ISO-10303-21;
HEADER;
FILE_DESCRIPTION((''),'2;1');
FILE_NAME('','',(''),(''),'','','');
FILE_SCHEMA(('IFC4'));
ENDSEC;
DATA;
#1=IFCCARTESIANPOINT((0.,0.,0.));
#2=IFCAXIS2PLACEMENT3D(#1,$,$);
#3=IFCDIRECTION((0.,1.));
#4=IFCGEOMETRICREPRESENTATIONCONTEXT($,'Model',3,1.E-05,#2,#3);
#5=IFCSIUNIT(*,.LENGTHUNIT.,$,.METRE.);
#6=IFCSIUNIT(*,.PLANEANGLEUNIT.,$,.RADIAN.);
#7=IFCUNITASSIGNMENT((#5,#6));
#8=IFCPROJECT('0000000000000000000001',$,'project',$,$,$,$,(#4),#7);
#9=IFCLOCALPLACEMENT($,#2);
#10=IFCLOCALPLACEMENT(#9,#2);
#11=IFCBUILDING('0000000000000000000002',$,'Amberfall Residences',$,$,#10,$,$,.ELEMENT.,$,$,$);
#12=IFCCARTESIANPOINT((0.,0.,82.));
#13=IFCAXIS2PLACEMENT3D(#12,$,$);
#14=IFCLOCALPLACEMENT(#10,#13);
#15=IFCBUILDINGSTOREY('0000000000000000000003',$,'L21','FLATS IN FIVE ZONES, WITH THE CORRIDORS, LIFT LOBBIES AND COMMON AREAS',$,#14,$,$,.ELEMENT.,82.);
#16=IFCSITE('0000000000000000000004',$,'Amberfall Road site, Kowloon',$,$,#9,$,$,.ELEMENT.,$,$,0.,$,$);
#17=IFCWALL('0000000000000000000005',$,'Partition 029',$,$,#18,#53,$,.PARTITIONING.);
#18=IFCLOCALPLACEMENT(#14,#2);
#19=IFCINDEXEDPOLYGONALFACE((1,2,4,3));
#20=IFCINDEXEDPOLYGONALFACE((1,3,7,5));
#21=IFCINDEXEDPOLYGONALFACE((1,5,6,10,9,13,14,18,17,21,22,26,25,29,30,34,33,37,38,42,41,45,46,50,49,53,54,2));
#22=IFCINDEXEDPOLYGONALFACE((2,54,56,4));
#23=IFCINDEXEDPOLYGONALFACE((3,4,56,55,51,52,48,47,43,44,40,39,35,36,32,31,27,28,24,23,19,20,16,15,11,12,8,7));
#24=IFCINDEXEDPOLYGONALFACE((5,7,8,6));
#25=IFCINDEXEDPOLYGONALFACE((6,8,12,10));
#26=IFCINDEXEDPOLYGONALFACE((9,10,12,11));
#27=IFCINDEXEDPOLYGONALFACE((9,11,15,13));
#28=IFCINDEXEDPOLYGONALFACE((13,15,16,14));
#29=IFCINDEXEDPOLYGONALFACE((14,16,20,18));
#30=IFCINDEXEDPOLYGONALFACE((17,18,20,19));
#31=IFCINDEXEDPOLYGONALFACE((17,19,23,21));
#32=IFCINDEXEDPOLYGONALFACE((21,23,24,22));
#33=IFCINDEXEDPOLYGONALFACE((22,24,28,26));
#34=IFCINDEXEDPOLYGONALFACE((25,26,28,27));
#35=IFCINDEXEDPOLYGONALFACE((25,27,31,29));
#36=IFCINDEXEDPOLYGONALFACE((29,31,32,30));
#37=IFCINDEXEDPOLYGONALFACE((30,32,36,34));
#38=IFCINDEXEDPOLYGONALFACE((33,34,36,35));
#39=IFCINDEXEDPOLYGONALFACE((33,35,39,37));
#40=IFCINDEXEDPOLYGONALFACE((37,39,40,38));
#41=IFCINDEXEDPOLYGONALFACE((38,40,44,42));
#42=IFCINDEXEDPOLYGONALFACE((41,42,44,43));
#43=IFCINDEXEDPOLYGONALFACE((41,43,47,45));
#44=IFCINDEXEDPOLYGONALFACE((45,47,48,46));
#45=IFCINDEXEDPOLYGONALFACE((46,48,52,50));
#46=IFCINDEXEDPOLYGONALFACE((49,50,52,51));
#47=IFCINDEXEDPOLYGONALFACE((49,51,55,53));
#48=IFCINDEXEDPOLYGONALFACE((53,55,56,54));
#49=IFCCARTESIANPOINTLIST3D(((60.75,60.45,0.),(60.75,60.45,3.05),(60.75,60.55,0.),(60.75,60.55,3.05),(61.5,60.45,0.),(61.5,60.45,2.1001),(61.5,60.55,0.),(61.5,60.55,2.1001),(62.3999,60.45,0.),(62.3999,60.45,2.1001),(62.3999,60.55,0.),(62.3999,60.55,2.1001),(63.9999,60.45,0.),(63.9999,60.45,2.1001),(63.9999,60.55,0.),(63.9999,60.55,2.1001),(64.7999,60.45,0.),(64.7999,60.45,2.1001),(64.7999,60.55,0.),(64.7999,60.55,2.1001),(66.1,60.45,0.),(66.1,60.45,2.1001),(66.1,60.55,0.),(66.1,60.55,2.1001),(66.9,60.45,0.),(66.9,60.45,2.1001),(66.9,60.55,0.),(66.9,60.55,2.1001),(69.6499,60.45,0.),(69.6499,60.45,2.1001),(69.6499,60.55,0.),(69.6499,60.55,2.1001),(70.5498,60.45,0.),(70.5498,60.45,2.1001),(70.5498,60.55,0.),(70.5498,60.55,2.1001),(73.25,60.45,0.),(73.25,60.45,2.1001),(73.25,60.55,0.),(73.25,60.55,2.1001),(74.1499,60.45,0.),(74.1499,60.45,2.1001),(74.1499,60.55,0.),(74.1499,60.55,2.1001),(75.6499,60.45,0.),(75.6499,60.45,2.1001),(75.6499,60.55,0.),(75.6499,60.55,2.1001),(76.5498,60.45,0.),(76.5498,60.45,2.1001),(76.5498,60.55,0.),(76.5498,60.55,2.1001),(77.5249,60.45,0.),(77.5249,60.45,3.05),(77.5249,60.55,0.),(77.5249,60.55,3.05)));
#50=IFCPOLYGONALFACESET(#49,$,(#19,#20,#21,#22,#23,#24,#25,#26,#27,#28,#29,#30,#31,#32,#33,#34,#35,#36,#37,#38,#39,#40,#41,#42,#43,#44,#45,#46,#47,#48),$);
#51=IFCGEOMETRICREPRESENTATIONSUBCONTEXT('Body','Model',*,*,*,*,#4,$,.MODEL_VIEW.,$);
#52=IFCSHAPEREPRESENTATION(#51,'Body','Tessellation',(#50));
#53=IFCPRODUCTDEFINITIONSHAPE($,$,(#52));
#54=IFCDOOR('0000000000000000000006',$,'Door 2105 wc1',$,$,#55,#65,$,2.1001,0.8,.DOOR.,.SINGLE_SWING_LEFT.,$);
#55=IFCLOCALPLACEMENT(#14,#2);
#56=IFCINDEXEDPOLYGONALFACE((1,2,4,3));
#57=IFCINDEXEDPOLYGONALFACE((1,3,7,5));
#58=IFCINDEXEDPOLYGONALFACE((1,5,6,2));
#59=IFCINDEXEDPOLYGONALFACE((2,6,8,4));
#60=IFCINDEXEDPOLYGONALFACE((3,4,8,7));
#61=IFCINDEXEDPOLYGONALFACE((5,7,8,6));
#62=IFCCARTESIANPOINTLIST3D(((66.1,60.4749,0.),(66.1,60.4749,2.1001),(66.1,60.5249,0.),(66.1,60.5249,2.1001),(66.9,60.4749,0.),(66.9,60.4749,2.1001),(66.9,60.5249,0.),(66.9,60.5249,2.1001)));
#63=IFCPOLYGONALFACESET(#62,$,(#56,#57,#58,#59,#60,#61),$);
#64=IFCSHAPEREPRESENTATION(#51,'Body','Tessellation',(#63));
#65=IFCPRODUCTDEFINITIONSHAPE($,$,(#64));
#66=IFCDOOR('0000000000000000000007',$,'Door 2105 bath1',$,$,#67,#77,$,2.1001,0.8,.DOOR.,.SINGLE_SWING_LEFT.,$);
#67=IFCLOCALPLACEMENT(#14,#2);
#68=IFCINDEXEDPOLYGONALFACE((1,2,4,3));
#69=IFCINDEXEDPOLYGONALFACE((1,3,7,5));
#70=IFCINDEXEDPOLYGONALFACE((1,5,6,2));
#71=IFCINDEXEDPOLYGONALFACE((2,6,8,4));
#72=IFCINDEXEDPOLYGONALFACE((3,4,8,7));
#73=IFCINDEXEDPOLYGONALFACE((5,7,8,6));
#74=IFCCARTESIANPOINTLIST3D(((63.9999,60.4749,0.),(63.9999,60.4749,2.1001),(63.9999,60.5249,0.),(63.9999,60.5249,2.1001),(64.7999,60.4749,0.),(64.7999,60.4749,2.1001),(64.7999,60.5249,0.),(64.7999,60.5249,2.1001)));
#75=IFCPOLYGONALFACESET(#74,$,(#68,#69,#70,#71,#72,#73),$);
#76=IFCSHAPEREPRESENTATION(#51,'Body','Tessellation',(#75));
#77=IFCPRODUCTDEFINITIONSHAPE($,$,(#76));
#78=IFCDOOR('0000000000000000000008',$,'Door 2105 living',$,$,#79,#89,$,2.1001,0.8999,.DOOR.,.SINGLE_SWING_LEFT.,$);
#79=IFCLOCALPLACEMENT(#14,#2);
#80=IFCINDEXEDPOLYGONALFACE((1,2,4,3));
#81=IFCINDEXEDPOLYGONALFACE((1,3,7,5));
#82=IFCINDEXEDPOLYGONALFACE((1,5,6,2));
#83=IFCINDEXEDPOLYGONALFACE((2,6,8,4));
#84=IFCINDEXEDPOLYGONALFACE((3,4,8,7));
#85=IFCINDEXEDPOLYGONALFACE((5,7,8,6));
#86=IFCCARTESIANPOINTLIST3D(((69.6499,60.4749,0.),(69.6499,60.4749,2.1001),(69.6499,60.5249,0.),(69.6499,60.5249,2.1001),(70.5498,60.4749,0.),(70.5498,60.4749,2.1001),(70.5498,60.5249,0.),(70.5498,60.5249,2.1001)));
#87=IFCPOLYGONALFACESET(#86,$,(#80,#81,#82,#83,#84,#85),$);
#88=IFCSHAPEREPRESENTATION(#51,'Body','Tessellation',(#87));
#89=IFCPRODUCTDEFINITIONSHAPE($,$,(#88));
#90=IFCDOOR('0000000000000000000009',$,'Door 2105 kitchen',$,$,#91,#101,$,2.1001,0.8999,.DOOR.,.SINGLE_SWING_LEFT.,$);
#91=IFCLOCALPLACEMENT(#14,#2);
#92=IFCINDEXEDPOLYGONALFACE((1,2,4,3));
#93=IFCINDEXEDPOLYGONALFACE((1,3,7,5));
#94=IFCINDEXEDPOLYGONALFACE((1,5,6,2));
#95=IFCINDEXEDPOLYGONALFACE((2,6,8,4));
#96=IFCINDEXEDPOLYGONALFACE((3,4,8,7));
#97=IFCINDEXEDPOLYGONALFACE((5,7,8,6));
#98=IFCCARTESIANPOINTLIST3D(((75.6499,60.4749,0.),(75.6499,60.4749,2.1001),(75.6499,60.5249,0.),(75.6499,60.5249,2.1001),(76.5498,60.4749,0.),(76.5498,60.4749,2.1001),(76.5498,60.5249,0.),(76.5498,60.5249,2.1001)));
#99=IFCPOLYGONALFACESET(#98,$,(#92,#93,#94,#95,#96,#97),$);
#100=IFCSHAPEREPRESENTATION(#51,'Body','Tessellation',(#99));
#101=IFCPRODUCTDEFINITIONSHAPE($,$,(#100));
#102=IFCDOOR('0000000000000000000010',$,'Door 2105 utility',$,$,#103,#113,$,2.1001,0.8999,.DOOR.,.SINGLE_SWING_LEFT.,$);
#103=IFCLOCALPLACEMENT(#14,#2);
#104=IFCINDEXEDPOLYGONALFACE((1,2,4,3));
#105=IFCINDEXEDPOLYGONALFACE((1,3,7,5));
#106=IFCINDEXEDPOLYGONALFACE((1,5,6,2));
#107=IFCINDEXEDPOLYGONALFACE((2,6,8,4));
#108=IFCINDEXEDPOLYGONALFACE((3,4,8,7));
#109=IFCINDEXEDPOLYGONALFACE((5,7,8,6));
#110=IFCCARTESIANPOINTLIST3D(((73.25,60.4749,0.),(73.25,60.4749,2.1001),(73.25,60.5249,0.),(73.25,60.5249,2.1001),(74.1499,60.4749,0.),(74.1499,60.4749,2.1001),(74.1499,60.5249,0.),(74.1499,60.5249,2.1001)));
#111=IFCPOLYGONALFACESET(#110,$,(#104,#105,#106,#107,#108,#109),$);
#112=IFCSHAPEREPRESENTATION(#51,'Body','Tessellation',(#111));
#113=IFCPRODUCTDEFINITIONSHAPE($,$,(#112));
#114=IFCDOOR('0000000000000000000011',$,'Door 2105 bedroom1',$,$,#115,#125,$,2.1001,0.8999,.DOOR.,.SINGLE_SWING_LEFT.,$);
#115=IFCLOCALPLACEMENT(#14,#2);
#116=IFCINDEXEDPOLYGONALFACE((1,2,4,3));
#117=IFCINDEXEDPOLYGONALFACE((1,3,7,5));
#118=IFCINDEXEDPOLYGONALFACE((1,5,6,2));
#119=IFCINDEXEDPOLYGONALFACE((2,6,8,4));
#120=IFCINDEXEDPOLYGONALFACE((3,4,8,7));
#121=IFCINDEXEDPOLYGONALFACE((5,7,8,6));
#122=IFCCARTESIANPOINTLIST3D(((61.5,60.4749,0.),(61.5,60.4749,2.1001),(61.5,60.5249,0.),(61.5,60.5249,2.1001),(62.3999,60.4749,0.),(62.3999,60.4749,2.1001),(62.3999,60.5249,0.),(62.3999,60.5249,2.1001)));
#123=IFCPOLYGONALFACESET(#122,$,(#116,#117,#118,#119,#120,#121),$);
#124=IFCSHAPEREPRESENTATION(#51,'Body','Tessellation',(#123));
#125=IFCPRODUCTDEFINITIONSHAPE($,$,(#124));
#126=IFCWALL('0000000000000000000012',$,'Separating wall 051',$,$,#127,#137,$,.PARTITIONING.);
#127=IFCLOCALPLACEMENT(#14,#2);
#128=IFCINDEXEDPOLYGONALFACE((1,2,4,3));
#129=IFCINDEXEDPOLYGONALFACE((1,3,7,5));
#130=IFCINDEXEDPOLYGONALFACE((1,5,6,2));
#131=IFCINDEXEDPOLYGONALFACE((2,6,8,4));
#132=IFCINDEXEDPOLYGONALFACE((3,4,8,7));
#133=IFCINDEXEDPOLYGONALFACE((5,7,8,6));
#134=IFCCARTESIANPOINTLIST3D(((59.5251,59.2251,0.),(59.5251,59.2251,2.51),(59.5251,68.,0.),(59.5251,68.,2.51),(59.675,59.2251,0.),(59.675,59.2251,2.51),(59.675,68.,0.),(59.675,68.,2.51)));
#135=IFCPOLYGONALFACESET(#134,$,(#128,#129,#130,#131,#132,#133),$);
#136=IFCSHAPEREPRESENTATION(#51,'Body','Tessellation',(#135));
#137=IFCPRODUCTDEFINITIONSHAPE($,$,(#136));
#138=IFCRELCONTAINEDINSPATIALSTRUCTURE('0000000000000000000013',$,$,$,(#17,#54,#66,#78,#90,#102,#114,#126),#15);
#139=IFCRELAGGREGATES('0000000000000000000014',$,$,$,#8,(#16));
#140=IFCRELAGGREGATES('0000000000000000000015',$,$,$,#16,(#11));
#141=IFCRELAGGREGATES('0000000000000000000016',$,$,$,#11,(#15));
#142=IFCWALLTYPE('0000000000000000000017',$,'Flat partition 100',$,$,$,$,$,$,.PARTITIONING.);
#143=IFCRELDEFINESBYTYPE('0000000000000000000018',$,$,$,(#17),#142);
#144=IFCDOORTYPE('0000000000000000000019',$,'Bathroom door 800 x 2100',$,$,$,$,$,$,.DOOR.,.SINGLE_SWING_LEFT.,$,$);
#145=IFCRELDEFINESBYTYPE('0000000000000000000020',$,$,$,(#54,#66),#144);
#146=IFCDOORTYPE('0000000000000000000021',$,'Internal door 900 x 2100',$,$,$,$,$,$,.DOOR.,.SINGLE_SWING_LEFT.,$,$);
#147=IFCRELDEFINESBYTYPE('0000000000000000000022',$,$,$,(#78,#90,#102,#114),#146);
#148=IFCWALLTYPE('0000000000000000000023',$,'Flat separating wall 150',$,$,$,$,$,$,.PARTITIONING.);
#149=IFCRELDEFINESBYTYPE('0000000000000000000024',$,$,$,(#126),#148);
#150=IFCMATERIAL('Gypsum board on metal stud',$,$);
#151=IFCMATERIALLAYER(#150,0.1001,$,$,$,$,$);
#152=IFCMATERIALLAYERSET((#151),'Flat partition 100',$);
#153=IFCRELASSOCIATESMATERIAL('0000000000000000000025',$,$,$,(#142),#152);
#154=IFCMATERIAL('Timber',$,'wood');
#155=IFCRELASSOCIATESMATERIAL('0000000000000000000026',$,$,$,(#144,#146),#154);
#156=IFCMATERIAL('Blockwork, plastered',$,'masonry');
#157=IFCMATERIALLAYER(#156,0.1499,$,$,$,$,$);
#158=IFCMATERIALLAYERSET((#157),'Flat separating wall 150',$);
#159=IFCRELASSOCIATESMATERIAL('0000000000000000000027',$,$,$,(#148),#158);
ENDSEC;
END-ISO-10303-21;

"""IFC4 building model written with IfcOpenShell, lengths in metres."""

from ifc_helpers import new_model, si_unit, direction, frame, frame_2d, origin, place, context, subcontext, project, spatial, rectangle, extrude, material, layer, layer_set, type_object, element, fill, save


model = new_model("IFC4")

# Units and contexts
model_context = context("Model", 3, precision=1e-05, world=origin(), true_north=direction((0.0, 1.0)))
body_context = subcontext(model_context, "Body", "Model", "MODEL_VIEW")
ifc_project = project(units=[si_unit("LENGTHUNIT", "METRE"), si_unit("PLANEANGLEUNIT", "RADIAN")], contexts=[model_context])

# Site, building, storey
site_placement = place(None, origin())
site = spatial("IfcSite", under=ifc_project, at=site_placement, Name="Amberfall Road site, Kowloon", CompositionType="ELEMENT", RefElevation=0.0)
building_placement = place(site_placement, origin())
building = spatial("IfcBuilding", under=site, at=building_placement, Name="Amberfall Residences", CompositionType="ELEMENT")
storey_placement = place(building_placement, frame((0.0, 0.0, 82.0)))
storey = spatial("IfcBuildingStorey", under=building, at=storey_placement, Name="L21", Description="FLATS IN FIVE ZONES, WITH THE CORRIDORS, LIFT LOBBIES AND COMMON AREAS", CompositionType="ELEMENT", Elevation=82.0)

# Shared definitions
ifc_material_1 = material(Name="Gypsum board on metal stud")
ifc_layer_1 = layer(ifc_material_1, 0.1001)
ifc_layer_set_1 = layer_set([ifc_layer_1], Name="Flat partition 100")
wall_type_1 = type_object("IfcWallType", Name="Flat partition 100", PredefinedType="PARTITIONING", material=ifc_layer_set_1)

# Wall, openings, doors
wall_1_placement = place(storey_placement, frame((60.75, 60.5, 0.0), z_axis=(0.0, 0.0, 1.0), x_axis=(1.0, 0.0, 0.0)))
wall_1 = element("IfcWall", 1, at=wall_1_placement, inside=storey, type_object=wall_type_1, Name="Partition 029", PredefinedType="PARTITIONING", context=body_context, shape_type="SweptSolid", body=[
    extrude(rectangle(XDim=16.7749, YDim=0.1001, at=frame_2d((8.3875, 0.0))), origin(), (0.0, 0.0, 1.0), 3.05),
])
opening_1_placement = place(wall_1_placement, frame((8.8999, 0.0, 0.0)))
opening_1 = element("IfcOpeningElement", 2, at=opening_1_placement, cuts=wall_1, PredefinedType="OPENING", context=body_context, shape_type="SweptSolid", body=[
    extrude(rectangle(XDim=0.8999, YDim=2.1001, at=frame_2d((0.45, 1.05))), frame((0.0, 0.0601, 0.0), z_axis=(0.0, -1.0, 0.0), x_axis=(1.0, 0.0, 0.0)), (0.0, 0.0, 1.0), 0.1201),
])
opening_2_placement = place(wall_1_placement, frame((14.8999, 0.0, 0.0)))
opening_2 = element("IfcOpeningElement", 3, at=opening_2_placement, cuts=wall_1, PredefinedType="OPENING", context=body_context, shape_type="SweptSolid", body=[
    extrude(rectangle(XDim=0.8999, YDim=2.1001, at=frame_2d((0.45, 1.05))), frame((0.0, 0.0601, 0.0), z_axis=(0.0, -1.0, 0.0), x_axis=(1.0, 0.0, 0.0)), (0.0, 0.0, 1.0), 0.1201),
])
opening_3_placement = place(wall_1_placement, frame((12.5, 0.0, 0.0)))
opening_3 = element("IfcOpeningElement", 4, at=opening_3_placement, cuts=wall_1, PredefinedType="OPENING", context=body_context, shape_type="SweptSolid", body=[
    extrude(rectangle(XDim=0.8999, YDim=2.1001, at=frame_2d((0.45, 1.05))), frame((0.0, 0.0601, 0.0), z_axis=(0.0, -1.0, 0.0), x_axis=(1.0, 0.0, 0.0)), (0.0, 0.0, 1.0), 0.1201),
])
opening_4_placement = place(wall_1_placement, frame((5.3501, 0.0, 0.0)))
opening_4 = element("IfcOpeningElement", 5, at=opening_4_placement, cuts=wall_1, PredefinedType="OPENING", context=body_context, shape_type="SweptSolid", body=[
    extrude(rectangle(XDim=0.8, YDim=2.1001, at=frame_2d((0.3999, 1.05))), frame((0.0, 0.0601, 0.0), z_axis=(0.0, -1.0, 0.0), x_axis=(1.0, 0.0, 0.0)), (0.0, 0.0, 1.0), 0.1201),
])
opening_5_placement = place(wall_1_placement, frame((0.75, 0.0, 0.0)))
opening_5 = element("IfcOpeningElement", 6, at=opening_5_placement, cuts=wall_1, PredefinedType="OPENING", context=body_context, shape_type="SweptSolid", body=[
    extrude(rectangle(XDim=0.8999, YDim=2.1001, at=frame_2d((0.45, 1.05))), frame((0.0, 0.0601, 0.0), z_axis=(0.0, -1.0, 0.0), x_axis=(1.0, 0.0, 0.0)), (0.0, 0.0, 1.0), 0.1201),
])
opening_6_placement = place(wall_1_placement, frame((3.25, 0.0, 0.0)))
opening_6 = element("IfcOpeningElement", 7, at=opening_6_placement, cuts=wall_1, PredefinedType="OPENING", context=body_context, shape_type="SweptSolid", body=[
    extrude(rectangle(XDim=0.8, YDim=2.1001, at=frame_2d((0.3999, 1.05))), frame((0.0, 0.0601, 0.0), z_axis=(0.0, -1.0, 0.0), x_axis=(1.0, 0.0, 0.0)), (0.0, 0.0, 1.0), 0.1201),
])
ifc_material_2 = material(Name="Timber", Category="wood")
door_type_1 = type_object("IfcDoorType", Name="Bathroom door 800 x 2100", OperationType="SINGLE_SWING_LEFT", PredefinedType="DOOR", material=ifc_material_2)
door_1_placement = place(opening_4_placement, origin())
door_1 = element("IfcDoor", 8, at=door_1_placement, inside=storey, type_object=door_type_1, Name="Door 2105 wc1", OperationType="SINGLE_SWING_LEFT", OverallHeight=2.1001, OverallWidth=0.8, PredefinedType="DOOR", context=body_context, shape_type="SweptSolid", body=[
    extrude(rectangle(XDim=0.8, YDim=2.1001, at=frame_2d((0.3999, 1.05))), frame((0.0, 0.0249, 0.0), z_axis=(0.0, -1.0, 0.0), x_axis=(1.0, 0.0, 0.0)), (0.0, 0.0, 1.0), 0.05),
])
fill(opening_4, door_1)
door_2_placement = place(opening_6_placement, origin())
door_2 = element("IfcDoor", 9, at=door_2_placement, inside=storey, type_object=door_type_1, Name="Door 2105 bath1", OperationType="SINGLE_SWING_LEFT", OverallHeight=2.1001, OverallWidth=0.8, PredefinedType="DOOR", context=body_context, shape_type="SweptSolid", body=[
    extrude(rectangle(XDim=0.8, YDim=2.1001, at=frame_2d((0.3999, 1.05))), frame((0.0, 0.0249, 0.0), z_axis=(0.0, -1.0, 0.0), x_axis=(1.0, 0.0, 0.0)), (0.0, 0.0, 1.0), 0.05),
])
fill(opening_6, door_2)
door_type_2 = type_object("IfcDoorType", Name="Internal door 900 x 2100", OperationType="SINGLE_SWING_LEFT", PredefinedType="DOOR", material=ifc_material_2)
door_3_placement = place(opening_1_placement, origin())
door_3 = element("IfcDoor", 10, at=door_3_placement, inside=storey, type_object=door_type_2, Name="Door 2105 living", OperationType="SINGLE_SWING_LEFT", OverallHeight=2.1001, OverallWidth=0.8999, PredefinedType="DOOR", context=body_context, shape_type="SweptSolid", body=[
    extrude(rectangle(XDim=0.8999, YDim=2.1001, at=frame_2d((0.45, 1.05))), frame((0.0, 0.0249, 0.0), z_axis=(0.0, -1.0, 0.0), x_axis=(1.0, 0.0, 0.0)), (0.0, 0.0, 1.0), 0.05),
])
fill(opening_1, door_3)
door_4_placement = place(opening_2_placement, origin())
door_4 = element("IfcDoor", 11, at=door_4_placement, inside=storey, type_object=door_type_2, Name="Door 2105 kitchen", OperationType="SINGLE_SWING_LEFT", OverallHeight=2.1001, OverallWidth=0.8999, PredefinedType="DOOR", context=body_context, shape_type="SweptSolid", body=[
    extrude(rectangle(XDim=0.8999, YDim=2.1001, at=frame_2d((0.45, 1.05))), frame((0.0, 0.0249, 0.0), z_axis=(0.0, -1.0, 0.0), x_axis=(1.0, 0.0, 0.0)), (0.0, 0.0, 1.0), 0.05),
])
fill(opening_2, door_4)
door_5_placement = place(opening_3_placement, origin())
door_5 = element("IfcDoor", 12, at=door_5_placement, inside=storey, type_object=door_type_2, Name="Door 2105 utility", OperationType="SINGLE_SWING_LEFT", OverallHeight=2.1001, OverallWidth=0.8999, PredefinedType="DOOR", context=body_context, shape_type="SweptSolid", body=[
    extrude(rectangle(XDim=0.8999, YDim=2.1001, at=frame_2d((0.45, 1.05))), frame((0.0, 0.0249, 0.0), z_axis=(0.0, -1.0, 0.0), x_axis=(1.0, 0.0, 0.0)), (0.0, 0.0, 1.0), 0.05),
])
fill(opening_3, door_5)
door_6_placement = place(opening_5_placement, origin())
door_6 = element("IfcDoor", 13, at=door_6_placement, inside=storey, type_object=door_type_2, Name="Door 2105 bedroom1", OperationType="SINGLE_SWING_LEFT", OverallHeight=2.1001, OverallWidth=0.8999, PredefinedType="DOOR", context=body_context, shape_type="SweptSolid", body=[
    extrude(rectangle(XDim=0.8999, YDim=2.1001, at=frame_2d((0.45, 1.05))), frame((0.0, 0.0249, 0.0), z_axis=(0.0, -1.0, 0.0), x_axis=(1.0, 0.0, 0.0)), (0.0, 0.0, 1.0), 0.05),
])
fill(opening_5, door_6)

# Wall
ifc_material_3 = material(Name="Blockwork, plastered", Category="masonry")
ifc_layer_2 = layer(ifc_material_3, 0.1499)
ifc_layer_set_2 = layer_set([ifc_layer_2], Name="Flat separating wall 150")
wall_type_2 = type_object("IfcWallType", Name="Flat separating wall 150", PredefinedType="PARTITIONING", material=ifc_layer_set_2)
wall_2_placement = place(storey_placement, frame((59.6001, 59.2251, 0.0), z_axis=(0.0, 0.0, 1.0), x_axis=(0.0, 1.0, 0.0)))
element("IfcWall", 14, at=wall_2_placement, inside=storey, type_object=wall_type_2, Name="Separating wall 051", PredefinedType="PARTITIONING", context=body_context, shape_type="SweptSolid", body=[
    extrude(rectangle(XDim=8.7749, YDim=0.1499, at=frame_2d((4.3875, 0.0))), origin(), (0.0, 0.0, 1.0), 2.51),
])

save(model, "model.ifc")
